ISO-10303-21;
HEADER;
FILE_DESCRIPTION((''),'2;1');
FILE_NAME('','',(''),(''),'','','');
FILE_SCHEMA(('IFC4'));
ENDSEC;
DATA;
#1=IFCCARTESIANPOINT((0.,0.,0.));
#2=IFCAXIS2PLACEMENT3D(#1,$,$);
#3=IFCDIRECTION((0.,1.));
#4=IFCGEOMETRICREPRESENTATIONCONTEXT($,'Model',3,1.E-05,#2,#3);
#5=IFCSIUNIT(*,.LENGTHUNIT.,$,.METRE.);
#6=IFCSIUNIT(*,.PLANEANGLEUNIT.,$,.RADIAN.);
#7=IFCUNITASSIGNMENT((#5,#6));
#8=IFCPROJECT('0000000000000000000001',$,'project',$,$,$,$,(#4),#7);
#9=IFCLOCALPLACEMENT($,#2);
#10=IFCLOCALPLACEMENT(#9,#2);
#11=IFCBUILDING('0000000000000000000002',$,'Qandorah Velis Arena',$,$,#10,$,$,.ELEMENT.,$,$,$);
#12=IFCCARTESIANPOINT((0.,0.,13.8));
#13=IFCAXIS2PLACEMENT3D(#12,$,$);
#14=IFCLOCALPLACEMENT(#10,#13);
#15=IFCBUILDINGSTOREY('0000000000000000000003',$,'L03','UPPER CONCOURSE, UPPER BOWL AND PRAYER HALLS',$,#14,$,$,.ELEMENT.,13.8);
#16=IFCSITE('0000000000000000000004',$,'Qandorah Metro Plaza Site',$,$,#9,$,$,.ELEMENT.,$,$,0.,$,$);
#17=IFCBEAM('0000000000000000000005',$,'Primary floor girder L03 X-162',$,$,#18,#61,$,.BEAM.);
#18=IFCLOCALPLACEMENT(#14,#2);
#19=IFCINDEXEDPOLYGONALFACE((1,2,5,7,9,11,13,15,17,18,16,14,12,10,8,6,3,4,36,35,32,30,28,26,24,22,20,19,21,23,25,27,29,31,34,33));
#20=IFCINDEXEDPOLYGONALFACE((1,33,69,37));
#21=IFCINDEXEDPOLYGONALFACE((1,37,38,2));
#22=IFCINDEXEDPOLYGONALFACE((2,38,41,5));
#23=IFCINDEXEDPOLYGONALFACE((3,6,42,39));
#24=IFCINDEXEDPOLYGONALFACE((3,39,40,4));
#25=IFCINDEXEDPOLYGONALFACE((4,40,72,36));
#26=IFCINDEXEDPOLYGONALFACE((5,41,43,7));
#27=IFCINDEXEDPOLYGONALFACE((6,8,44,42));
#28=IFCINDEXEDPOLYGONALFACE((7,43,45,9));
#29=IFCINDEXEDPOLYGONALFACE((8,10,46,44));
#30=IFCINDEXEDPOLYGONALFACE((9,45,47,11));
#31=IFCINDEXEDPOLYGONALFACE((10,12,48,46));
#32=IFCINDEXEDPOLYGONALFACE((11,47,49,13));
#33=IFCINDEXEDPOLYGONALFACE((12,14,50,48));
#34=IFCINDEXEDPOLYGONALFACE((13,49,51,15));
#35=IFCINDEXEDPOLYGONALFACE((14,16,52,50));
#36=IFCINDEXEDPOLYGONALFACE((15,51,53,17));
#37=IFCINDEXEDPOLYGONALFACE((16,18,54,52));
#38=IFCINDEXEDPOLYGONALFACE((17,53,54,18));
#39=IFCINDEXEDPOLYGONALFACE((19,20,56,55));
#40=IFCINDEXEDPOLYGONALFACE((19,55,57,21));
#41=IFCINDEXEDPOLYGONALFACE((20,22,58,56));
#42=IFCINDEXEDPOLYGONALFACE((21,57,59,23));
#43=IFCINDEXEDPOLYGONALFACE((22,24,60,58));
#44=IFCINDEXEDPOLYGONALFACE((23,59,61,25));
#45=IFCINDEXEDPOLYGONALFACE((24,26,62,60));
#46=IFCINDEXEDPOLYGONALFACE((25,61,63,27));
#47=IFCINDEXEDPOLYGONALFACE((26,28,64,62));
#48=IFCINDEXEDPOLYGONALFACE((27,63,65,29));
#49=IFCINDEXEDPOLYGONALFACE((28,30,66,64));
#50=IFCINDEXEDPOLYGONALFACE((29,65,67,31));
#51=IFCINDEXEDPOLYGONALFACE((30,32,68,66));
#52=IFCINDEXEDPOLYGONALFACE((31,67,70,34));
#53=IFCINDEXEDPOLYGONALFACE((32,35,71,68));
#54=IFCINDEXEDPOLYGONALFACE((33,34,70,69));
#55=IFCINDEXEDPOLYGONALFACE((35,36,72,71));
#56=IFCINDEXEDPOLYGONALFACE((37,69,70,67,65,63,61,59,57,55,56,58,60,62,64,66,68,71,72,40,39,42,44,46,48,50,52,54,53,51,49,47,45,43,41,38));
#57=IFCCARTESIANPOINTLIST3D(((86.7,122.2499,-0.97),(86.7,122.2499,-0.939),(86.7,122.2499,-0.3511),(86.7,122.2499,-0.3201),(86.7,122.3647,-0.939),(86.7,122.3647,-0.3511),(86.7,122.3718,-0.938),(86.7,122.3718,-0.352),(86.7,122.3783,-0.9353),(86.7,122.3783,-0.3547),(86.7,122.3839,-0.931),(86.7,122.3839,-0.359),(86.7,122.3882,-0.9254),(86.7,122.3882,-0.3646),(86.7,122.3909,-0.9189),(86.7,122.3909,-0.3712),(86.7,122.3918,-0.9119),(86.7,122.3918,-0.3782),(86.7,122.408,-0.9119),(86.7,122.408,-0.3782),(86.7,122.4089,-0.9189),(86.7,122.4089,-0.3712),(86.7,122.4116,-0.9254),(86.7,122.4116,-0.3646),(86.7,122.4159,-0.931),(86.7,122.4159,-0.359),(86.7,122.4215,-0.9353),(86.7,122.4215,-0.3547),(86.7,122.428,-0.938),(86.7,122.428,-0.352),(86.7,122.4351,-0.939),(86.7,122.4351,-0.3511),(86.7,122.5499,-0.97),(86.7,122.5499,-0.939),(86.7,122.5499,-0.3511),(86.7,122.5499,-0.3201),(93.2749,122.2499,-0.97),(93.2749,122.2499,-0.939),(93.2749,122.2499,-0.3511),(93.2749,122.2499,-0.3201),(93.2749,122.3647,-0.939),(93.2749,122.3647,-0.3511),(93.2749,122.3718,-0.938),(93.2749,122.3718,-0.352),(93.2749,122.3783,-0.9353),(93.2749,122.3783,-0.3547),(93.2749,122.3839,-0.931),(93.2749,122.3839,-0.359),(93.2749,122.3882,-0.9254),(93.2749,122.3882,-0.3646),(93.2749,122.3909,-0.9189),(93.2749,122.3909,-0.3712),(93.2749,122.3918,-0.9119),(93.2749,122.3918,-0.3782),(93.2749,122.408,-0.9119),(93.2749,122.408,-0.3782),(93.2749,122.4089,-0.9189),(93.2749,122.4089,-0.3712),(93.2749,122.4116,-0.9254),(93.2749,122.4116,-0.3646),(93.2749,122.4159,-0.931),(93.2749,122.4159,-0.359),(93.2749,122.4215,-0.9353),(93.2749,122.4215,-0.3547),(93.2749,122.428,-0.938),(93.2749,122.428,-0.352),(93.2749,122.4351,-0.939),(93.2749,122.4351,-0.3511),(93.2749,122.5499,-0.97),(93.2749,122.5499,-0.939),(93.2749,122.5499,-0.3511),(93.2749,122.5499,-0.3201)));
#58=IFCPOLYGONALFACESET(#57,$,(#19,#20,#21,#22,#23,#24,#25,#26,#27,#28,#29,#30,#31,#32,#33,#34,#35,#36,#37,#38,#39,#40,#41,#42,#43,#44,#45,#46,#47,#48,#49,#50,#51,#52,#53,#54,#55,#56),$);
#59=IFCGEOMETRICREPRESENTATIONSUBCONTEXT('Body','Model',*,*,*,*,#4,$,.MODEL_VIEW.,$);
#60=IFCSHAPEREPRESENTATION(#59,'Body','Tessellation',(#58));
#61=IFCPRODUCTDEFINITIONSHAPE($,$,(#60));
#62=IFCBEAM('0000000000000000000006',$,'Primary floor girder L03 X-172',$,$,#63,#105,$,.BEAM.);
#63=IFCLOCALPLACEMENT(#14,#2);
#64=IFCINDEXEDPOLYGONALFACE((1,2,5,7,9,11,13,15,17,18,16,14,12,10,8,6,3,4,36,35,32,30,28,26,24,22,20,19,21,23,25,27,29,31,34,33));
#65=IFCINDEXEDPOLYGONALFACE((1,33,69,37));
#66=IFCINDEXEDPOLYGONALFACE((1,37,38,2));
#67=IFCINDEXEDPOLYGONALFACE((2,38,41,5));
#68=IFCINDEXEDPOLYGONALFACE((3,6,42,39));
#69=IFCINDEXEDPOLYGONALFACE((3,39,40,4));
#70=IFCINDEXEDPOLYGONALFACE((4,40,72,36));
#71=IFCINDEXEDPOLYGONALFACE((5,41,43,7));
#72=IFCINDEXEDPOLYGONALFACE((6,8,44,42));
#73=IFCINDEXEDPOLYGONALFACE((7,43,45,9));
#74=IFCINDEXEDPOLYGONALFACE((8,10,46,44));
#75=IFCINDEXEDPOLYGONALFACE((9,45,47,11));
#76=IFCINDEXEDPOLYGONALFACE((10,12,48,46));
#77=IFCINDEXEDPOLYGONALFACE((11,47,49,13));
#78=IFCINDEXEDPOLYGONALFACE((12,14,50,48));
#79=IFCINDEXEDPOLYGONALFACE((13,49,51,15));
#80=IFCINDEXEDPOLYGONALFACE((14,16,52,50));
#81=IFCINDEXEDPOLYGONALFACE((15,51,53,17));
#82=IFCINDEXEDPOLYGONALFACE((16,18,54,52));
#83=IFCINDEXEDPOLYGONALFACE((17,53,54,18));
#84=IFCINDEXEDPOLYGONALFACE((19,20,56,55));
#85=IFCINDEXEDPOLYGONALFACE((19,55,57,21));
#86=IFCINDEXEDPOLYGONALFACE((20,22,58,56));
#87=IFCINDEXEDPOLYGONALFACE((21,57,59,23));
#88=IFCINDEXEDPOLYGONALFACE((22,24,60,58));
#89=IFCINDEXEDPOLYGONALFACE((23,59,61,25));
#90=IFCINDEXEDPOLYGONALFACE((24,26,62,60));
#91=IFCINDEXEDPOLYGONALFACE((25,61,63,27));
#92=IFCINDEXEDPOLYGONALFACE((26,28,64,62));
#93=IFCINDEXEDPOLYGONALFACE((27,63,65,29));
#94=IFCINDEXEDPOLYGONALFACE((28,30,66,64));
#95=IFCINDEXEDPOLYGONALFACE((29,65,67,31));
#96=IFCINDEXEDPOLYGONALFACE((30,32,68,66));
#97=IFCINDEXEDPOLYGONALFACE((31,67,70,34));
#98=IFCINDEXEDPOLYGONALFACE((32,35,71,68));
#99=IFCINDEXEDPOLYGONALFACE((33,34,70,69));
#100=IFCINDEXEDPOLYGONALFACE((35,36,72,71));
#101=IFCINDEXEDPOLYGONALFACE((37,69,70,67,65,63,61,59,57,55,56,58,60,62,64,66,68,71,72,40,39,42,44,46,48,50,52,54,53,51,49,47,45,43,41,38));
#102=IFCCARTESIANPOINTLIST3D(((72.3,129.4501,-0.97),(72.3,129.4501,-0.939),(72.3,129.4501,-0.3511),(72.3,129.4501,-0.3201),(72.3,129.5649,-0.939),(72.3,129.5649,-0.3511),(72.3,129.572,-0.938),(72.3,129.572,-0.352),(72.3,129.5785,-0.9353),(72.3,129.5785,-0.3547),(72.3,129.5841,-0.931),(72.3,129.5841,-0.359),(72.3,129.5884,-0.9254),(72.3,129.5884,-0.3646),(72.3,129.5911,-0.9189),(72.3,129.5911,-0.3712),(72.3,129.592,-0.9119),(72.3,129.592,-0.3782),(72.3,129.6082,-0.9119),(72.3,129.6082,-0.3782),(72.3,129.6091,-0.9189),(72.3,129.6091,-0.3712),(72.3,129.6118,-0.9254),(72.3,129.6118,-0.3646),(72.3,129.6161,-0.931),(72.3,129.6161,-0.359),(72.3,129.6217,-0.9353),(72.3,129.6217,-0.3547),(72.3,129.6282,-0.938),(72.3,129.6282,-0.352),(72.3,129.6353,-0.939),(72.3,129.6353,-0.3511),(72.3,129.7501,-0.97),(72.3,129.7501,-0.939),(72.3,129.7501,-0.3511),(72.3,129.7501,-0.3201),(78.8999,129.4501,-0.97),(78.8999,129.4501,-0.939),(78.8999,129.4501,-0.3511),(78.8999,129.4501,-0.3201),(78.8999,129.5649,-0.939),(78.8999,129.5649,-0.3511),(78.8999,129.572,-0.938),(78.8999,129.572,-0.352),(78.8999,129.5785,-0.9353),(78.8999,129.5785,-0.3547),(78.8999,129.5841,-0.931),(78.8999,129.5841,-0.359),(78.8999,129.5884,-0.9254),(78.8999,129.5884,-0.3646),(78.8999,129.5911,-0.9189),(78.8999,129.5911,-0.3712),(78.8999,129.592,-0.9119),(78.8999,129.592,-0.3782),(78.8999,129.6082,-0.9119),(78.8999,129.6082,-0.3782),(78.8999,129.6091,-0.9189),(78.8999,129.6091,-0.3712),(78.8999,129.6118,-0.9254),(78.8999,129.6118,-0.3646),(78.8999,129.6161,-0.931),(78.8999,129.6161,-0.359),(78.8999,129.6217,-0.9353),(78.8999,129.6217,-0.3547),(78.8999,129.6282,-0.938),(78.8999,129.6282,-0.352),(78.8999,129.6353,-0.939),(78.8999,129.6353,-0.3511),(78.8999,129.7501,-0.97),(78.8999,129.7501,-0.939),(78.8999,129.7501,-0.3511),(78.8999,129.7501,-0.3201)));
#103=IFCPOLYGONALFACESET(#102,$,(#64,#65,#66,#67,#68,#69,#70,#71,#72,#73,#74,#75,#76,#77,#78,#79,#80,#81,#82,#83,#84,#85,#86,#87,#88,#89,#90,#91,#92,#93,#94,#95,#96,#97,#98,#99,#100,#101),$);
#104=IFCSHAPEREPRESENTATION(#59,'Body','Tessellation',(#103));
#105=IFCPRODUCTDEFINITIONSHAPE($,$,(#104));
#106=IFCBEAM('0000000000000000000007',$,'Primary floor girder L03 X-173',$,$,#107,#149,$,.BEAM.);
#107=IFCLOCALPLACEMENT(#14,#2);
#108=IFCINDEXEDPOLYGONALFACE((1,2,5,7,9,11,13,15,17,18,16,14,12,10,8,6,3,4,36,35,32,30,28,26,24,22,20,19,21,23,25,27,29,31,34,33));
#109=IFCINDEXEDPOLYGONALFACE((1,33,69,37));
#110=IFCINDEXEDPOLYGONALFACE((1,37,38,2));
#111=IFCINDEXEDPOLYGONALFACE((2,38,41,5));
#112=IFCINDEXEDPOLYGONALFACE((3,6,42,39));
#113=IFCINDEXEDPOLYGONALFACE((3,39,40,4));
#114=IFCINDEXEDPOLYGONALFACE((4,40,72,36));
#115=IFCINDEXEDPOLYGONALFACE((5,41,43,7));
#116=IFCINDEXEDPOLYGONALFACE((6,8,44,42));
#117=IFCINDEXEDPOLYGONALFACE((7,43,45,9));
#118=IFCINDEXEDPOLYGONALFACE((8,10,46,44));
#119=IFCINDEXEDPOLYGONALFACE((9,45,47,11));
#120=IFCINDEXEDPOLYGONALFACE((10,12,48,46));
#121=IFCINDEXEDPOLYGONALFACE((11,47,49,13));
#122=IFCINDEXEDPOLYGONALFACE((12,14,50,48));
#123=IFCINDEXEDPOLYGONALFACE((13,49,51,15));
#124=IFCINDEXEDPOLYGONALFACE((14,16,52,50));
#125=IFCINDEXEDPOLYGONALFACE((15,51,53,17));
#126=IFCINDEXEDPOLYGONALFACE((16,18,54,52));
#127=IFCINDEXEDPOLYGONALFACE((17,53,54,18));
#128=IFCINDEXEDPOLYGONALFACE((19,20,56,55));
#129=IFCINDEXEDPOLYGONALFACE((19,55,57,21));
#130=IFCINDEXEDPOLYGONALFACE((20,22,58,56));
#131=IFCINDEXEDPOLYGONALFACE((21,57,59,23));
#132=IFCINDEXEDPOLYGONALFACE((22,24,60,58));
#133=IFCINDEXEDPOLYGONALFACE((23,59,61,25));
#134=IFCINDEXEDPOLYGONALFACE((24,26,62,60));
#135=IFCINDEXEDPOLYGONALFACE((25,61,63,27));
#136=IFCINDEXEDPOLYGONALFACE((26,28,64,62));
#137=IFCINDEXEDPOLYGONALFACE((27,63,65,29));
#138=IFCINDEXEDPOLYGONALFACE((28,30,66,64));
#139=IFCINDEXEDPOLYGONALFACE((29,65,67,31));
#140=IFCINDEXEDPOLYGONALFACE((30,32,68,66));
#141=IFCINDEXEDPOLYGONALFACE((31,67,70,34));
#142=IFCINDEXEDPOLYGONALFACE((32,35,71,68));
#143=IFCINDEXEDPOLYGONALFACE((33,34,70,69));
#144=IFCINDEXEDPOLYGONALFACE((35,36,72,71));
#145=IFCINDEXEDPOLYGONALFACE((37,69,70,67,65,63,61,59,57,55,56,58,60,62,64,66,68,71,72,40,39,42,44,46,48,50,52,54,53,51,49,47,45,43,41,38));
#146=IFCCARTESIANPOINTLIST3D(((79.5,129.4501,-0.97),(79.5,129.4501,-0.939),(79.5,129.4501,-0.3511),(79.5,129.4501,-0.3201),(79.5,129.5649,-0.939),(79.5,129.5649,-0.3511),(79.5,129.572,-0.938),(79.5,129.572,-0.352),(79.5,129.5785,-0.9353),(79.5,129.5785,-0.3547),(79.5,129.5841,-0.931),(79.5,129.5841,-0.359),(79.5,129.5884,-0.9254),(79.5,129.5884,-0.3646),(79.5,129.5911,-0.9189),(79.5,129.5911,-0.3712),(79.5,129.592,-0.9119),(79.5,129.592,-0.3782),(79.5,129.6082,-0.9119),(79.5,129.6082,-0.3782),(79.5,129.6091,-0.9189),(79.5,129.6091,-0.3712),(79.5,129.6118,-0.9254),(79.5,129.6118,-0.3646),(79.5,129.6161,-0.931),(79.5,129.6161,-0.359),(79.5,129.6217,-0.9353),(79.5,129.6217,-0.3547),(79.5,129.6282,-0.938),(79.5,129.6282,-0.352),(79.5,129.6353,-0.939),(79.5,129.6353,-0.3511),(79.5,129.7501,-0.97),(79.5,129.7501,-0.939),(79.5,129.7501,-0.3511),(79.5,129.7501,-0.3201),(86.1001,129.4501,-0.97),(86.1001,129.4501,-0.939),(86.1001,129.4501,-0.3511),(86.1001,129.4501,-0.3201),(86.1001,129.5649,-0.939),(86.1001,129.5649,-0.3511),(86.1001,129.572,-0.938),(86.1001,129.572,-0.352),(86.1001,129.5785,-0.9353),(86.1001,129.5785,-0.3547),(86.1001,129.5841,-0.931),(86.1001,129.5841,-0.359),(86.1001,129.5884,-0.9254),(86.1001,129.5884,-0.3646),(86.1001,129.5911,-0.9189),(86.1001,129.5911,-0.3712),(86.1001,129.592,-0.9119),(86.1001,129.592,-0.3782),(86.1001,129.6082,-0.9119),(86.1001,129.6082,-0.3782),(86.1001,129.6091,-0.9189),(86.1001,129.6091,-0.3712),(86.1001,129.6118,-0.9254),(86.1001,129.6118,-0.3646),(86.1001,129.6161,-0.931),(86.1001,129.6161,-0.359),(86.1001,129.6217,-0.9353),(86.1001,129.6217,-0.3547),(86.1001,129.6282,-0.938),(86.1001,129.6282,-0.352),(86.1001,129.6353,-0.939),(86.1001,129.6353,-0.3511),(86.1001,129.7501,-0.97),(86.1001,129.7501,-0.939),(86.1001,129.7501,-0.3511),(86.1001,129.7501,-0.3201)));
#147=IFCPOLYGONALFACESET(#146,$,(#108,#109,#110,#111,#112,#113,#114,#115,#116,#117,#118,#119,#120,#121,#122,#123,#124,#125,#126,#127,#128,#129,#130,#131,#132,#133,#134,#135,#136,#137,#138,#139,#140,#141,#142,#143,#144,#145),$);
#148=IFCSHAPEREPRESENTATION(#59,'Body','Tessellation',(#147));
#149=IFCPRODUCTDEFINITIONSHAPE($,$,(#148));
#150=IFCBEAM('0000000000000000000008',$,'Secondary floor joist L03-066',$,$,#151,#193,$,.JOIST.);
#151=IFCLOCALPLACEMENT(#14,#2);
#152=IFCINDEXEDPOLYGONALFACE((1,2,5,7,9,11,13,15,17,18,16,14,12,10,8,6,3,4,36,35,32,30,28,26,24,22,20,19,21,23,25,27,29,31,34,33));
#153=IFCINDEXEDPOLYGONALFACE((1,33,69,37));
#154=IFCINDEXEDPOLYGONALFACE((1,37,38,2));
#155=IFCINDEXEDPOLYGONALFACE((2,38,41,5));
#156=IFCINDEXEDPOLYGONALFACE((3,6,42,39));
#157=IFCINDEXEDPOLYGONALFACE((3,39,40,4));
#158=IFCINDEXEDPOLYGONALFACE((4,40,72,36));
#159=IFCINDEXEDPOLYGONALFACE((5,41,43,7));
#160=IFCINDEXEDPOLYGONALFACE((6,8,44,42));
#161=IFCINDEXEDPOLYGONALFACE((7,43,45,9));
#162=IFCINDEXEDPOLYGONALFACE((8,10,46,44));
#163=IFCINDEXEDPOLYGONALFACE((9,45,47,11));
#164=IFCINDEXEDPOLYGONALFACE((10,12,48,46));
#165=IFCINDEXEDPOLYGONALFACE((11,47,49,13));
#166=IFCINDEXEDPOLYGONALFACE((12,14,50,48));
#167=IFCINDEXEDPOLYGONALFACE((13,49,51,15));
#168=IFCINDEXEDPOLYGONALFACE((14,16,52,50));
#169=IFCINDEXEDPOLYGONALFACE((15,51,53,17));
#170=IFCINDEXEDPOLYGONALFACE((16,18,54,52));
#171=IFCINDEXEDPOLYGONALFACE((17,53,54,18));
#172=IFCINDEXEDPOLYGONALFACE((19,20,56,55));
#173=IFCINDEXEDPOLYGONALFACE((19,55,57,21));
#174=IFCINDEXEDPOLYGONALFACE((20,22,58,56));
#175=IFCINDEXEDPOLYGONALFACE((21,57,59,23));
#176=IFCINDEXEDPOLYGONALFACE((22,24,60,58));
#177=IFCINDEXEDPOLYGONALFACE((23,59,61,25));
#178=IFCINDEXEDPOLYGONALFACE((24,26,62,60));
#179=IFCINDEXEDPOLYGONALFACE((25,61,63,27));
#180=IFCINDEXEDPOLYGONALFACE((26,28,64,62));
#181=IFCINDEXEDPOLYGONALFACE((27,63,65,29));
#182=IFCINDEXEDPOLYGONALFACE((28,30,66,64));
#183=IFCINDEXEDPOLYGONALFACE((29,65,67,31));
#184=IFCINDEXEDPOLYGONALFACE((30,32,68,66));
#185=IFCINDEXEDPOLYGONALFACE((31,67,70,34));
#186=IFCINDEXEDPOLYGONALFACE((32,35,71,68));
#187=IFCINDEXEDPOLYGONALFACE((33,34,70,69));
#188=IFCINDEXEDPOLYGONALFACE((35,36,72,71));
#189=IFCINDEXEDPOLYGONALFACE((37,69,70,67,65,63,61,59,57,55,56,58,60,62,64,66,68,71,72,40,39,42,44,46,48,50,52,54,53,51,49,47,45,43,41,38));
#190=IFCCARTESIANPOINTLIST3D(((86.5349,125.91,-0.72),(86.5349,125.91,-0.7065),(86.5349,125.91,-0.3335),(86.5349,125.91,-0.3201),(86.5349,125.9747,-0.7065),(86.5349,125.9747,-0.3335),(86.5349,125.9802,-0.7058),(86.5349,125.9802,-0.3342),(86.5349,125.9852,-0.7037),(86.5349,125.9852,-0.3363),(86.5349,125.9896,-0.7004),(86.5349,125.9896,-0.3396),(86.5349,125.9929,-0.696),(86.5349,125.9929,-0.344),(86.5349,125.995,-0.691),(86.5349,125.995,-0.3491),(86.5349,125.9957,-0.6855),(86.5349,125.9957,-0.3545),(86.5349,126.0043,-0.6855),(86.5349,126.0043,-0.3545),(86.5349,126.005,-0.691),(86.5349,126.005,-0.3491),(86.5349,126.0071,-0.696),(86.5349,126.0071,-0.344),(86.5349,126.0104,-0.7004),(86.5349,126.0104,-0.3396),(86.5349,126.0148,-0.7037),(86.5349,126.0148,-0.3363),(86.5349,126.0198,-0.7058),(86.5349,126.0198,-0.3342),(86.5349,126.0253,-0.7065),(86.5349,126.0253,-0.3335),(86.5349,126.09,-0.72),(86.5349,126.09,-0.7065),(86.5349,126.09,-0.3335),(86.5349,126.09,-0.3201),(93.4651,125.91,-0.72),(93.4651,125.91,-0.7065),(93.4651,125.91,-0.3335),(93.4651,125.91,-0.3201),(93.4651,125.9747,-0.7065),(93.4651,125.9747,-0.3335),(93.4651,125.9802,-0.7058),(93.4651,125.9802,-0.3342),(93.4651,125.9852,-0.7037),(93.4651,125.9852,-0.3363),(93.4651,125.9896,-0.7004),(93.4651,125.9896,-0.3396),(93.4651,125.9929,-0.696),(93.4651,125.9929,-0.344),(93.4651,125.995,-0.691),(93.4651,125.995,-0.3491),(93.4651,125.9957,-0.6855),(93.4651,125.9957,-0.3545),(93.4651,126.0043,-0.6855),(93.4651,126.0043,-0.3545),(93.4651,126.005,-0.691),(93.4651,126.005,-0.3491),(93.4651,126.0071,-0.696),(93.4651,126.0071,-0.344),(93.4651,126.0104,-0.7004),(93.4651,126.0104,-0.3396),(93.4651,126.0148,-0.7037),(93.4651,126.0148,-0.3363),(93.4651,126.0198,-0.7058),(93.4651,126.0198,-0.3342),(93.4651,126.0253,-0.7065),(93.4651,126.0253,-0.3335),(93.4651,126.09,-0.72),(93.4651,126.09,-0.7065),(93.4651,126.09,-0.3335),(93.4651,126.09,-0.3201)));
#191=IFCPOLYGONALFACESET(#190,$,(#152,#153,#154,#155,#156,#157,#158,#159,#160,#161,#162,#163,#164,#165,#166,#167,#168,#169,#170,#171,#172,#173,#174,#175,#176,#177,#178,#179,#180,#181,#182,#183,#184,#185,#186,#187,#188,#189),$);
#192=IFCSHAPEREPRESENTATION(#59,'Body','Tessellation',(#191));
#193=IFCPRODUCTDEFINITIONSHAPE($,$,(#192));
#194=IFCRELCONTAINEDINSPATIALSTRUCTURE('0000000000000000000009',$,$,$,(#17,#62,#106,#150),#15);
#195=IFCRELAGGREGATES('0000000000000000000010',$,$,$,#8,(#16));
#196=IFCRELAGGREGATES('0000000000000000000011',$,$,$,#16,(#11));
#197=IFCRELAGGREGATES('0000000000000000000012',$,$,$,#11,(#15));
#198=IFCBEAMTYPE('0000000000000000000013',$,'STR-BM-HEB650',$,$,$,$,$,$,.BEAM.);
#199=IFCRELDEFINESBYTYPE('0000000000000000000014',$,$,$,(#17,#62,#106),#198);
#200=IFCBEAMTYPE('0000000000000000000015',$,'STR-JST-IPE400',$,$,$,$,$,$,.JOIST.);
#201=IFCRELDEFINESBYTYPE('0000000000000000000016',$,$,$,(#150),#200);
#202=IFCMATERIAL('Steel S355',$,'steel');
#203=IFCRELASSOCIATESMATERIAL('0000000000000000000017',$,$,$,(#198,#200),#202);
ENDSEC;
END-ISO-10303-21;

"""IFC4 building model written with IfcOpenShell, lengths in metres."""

from ifc_helpers import new_model, si_unit, direction, frame, origin, origin_2d, place, context, subcontext, project, spatial, i_section, extrude, material, material_profile, profile_set, type_object, element, save


model = new_model("IFC4")

# Units and contexts
model_context = context("Model", 3, precision=1e-05, world=origin(), true_north=direction((0.0, 1.0)))
body_context = subcontext(model_context, "Body", "Model", "MODEL_VIEW")
ifc_project = project(units=[si_unit("LENGTHUNIT", "METRE"), si_unit("PLANEANGLEUNIT", "RADIAN")], contexts=[model_context])

# Site, building, storey
site_placement = place(None, origin())
site = spatial("IfcSite", under=ifc_project, at=site_placement, Name="Qandorah Metro Plaza Site", CompositionType="ELEMENT", RefElevation=0.0)
building_placement = place(site_placement, origin())
building = spatial("IfcBuilding", under=site, at=building_placement, Name="Qandorah Velis Arena", CompositionType="ELEMENT")
storey_placement = place(building_placement, frame((0.0, 0.0, 13.8)))
storey = spatial("IfcBuildingStorey", under=building, at=storey_placement, Name="L03", Description="UPPER CONCOURSE, UPPER BOWL AND PRAYER HALLS", CompositionType="ELEMENT", Elevation=13.8)

# Beams
ifc_material_1 = material(Name="Steel S355", Category="steel")
ifc_material_profile_1 = material_profile(ifc_material_1, i_section(OverallWidth=0.3, OverallDepth=0.6499, WebThickness=0.0161, FlangeThickness=0.031, FilletRadius=0.0271, at=origin_2d()), Name="HEB 650")
ifc_profile_set_1 = profile_set([ifc_material_profile_1], Name="Steel S355")
beam_type_1 = type_object("IfcBeamType", Name="STR-BM-HEB650", PredefinedType="BEAM", material=ifc_profile_set_1)
beam_1_placement = place(storey_placement, frame((86.7, 122.3999, -0.645), z_axis=(1.0, 0.0, 0.0), x_axis=(0.0, 1.0, 0.0)))
element("IfcBeam", 1, at=beam_1_placement, inside=storey, type_object=beam_type_1, Name="Primary floor girder L03 X-162", PredefinedType="BEAM", context=body_context, shape_type="SweptSolid", body=[
    extrude(i_section(OverallWidth=0.3, OverallDepth=0.6499, WebThickness=0.0161, FlangeThickness=0.031, FilletRadius=0.0271, at=origin_2d()), origin(), (0.0, 0.0, 1.0), 6.575),
])
beam_2_placement = place(storey_placement, frame((72.3, 129.6001, -0.645), z_axis=(1.0, 0.0, 0.0), x_axis=(0.0, 1.0, 0.0)))
element("IfcBeam", 2, at=beam_2_placement, inside=storey, type_object=beam_type_1, Name="Primary floor girder L03 X-172", PredefinedType="BEAM", context=body_context, shape_type="SweptSolid", body=[
    extrude(i_section(OverallWidth=0.3, OverallDepth=0.6499, WebThickness=0.0161, FlangeThickness=0.031, FilletRadius=0.0271, at=origin_2d()), origin(), (0.0, 0.0, 1.0), 6.5999),
])
beam_3_placement = place(storey_placement, frame((79.5, 129.6001, -0.645), z_axis=(1.0, 0.0, 0.0), x_axis=(0.0, 1.0, 0.0)))
element("IfcBeam", 3, at=beam_3_placement, inside=storey, type_object=beam_type_1, Name="Primary floor girder L03 X-173", PredefinedType="BEAM", context=body_context, shape_type="SweptSolid", body=[
    extrude(i_section(OverallWidth=0.3, OverallDepth=0.6499, WebThickness=0.0161, FlangeThickness=0.031, FilletRadius=0.0271, at=origin_2d()), origin(), (0.0, 0.0, 1.0), 6.6001),
])
ifc_material_profile_2 = material_profile(ifc_material_1, i_section(OverallWidth=0.1799, OverallDepth=0.3999, WebThickness=0.0085, FlangeThickness=0.0134, FilletRadius=0.021, at=origin_2d()), Name="IPE 400")
ifc_profile_set_2 = profile_set([ifc_material_profile_2], Name="Steel S355")
beam_type_2 = type_object("IfcBeamType", Name="STR-JST-IPE400", PredefinedType="JOIST", material=ifc_profile_set_2)
beam_4_placement = place(storey_placement, frame((86.5349, 126.0, -0.52), z_axis=(1.0, 0.0, 0.0), x_axis=(0.0, 1.0, 0.0)))
element("IfcBeam", 4, at=beam_4_placement, inside=storey, type_object=beam_type_2, Name="Secondary floor joist L03-066", PredefinedType="JOIST", context=body_context, shape_type="SweptSolid", body=[
    extrude(i_section(OverallWidth=0.1799, OverallDepth=0.3999, WebThickness=0.0085, FlangeThickness=0.0134, FilletRadius=0.021, at=origin_2d()), origin(), (0.0, 0.0, 1.0), 6.9302),
])

save(model, "model.ifc")
